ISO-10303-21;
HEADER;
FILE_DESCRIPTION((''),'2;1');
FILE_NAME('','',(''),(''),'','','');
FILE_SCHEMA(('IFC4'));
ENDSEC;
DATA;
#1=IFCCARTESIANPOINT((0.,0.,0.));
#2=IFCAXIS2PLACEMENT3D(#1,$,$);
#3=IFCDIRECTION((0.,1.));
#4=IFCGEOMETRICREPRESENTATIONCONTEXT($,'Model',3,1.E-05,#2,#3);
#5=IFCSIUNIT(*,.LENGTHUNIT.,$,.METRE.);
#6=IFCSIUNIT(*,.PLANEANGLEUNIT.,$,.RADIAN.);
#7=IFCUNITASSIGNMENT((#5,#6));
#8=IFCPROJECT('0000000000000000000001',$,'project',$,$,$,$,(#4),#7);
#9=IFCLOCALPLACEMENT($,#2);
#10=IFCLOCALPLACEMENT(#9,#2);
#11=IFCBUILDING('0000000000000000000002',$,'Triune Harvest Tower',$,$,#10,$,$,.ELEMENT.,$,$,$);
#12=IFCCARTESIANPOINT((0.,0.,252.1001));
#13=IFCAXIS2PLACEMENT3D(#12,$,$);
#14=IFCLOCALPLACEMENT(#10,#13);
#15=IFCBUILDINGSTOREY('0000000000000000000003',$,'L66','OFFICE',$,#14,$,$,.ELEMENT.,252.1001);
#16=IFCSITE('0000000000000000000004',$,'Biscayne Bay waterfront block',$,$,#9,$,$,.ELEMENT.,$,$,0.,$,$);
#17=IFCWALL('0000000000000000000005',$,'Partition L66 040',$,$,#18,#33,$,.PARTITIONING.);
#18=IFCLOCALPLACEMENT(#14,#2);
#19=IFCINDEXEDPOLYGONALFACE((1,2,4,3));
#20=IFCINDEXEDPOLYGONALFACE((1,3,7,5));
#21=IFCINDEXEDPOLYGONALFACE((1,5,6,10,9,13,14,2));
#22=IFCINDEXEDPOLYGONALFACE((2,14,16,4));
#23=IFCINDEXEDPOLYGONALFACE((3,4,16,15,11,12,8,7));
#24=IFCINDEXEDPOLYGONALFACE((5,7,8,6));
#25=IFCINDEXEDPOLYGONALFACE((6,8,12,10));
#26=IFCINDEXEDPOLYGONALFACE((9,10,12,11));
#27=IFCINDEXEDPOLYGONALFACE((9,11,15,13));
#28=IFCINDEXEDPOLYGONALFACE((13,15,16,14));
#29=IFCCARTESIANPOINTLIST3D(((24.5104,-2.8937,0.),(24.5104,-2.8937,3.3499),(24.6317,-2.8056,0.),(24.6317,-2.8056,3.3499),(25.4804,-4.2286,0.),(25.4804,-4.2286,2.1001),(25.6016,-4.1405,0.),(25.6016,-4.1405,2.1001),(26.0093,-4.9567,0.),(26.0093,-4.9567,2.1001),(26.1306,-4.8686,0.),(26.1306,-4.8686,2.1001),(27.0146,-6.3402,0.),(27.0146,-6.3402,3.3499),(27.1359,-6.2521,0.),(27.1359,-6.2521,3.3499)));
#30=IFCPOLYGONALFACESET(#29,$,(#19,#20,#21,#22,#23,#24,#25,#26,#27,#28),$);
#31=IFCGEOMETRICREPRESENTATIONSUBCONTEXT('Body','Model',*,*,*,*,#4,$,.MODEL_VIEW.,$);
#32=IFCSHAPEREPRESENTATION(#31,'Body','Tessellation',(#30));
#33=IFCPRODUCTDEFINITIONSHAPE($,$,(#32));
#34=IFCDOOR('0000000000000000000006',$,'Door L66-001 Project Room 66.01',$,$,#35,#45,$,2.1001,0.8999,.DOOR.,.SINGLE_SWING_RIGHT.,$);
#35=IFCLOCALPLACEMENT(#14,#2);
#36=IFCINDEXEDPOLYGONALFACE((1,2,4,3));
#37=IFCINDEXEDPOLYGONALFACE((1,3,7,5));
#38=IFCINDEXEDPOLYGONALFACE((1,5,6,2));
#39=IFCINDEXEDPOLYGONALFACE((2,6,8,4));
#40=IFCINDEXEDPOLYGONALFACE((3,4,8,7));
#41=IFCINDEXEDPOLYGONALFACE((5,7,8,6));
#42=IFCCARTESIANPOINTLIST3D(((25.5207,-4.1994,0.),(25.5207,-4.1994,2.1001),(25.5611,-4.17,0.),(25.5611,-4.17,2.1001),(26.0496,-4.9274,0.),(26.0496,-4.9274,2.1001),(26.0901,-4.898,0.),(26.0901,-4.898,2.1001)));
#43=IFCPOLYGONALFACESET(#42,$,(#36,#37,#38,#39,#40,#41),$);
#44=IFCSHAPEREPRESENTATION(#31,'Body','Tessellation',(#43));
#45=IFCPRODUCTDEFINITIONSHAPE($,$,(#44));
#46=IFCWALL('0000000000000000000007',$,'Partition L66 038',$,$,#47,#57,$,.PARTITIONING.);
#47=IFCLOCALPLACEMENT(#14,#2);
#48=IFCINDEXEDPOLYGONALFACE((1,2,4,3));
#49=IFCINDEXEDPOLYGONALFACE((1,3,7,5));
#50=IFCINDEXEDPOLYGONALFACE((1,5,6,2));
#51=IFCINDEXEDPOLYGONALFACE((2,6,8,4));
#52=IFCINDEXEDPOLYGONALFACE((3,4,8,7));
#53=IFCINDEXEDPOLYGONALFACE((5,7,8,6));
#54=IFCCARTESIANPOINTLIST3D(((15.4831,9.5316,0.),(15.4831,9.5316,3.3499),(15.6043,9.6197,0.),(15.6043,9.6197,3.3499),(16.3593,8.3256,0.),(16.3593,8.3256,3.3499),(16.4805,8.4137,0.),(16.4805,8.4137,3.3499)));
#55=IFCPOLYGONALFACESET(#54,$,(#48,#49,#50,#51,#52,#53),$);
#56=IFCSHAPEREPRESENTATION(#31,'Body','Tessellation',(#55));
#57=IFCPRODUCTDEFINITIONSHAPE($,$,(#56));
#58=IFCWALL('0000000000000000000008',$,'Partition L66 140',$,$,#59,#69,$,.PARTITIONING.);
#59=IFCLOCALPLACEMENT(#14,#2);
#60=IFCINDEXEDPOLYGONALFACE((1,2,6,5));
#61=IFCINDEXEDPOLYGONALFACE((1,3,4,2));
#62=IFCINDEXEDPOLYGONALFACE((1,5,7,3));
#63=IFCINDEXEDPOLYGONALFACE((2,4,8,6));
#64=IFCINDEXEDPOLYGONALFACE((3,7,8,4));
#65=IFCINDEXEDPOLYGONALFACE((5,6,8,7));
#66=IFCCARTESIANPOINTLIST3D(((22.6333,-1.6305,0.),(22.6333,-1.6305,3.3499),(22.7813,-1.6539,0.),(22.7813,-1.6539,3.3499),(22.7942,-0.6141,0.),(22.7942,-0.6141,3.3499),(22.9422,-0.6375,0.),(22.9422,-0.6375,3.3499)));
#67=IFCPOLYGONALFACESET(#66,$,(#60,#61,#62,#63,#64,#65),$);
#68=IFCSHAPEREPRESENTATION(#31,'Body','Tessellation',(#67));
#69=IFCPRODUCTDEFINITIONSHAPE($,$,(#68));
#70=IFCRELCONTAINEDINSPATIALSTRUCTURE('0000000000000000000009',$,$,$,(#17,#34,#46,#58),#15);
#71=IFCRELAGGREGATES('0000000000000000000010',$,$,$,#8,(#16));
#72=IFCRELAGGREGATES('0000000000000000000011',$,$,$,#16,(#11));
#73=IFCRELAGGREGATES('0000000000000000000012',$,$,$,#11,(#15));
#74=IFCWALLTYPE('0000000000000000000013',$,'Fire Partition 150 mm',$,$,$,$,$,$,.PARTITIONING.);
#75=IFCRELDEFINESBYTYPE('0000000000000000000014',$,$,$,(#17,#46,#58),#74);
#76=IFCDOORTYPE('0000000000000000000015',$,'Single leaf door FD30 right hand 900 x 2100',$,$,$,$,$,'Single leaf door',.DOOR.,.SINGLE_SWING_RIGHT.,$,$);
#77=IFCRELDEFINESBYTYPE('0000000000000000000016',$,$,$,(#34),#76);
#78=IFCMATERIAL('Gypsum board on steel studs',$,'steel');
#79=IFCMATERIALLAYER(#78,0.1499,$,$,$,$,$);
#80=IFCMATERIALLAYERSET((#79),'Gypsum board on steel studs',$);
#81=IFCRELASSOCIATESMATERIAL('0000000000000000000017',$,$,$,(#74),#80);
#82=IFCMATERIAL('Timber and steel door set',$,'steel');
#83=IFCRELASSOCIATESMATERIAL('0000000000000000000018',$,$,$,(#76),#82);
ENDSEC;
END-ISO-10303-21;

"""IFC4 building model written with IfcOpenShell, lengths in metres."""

from ifc_helpers import new_model, si_unit, direction, frame, frame_2d, origin, place, context, subcontext, project, spatial, rectangle, extrude, source, transform, mapped, material, layer, layer_set, type_object, element, fill, save


model = new_model("IFC4")

# Units and contexts
model_context = context("Model", 3, precision=1e-05, world=origin(), true_north=direction((0.0, 1.0)))
body_context = subcontext(model_context, "Body", "Model", "MODEL_VIEW")
ifc_project = project(units=[si_unit("LENGTHUNIT", "METRE"), si_unit("PLANEANGLEUNIT", "RADIAN")], contexts=[model_context])

# Site, building, storey
site_placement = place(None, origin())
site = spatial("IfcSite", under=ifc_project, at=site_placement, Name="Biscayne Bay waterfront block", CompositionType="ELEMENT", RefElevation=0.0)
building_placement = place(site_placement, origin())
building = spatial("IfcBuilding", under=site, at=building_placement, Name="Triune Harvest Tower", CompositionType="ELEMENT")
storey_placement = place(building_placement, frame((0.0, 0.0, 252.1001)))
storey = spatial("IfcBuildingStorey", under=building, at=storey_placement, Name="L66", Description="OFFICE", CompositionType="ELEMENT", Elevation=252.1001)

# Shared definitions
ifc_material_1 = material(Name="Gypsum board on steel studs", Category="steel")
ifc_layer_1 = layer(ifc_material_1, 0.1499)
ifc_layer_set_1 = layer_set([ifc_layer_1], Name="Gypsum board on steel studs")
wall_type = type_object("IfcWallType", Name="Fire Partition 150 mm", PredefinedType="PARTITIONING", material=ifc_layer_set_1)

# Wall, opening, door
shared_shape_1 = source(origin(), body_context, "Body", "SweptSolid", [
    extrude(rectangle(XDim=4.2603, YDim=0.1499, at=frame_2d((2.1301, 0.0))), origin(), (0.0, 0.0, 1.0), 3.3499),
])
wall_1_placement = place(storey_placement, frame((24.571, -2.8496, 0.0), z_axis=(0.0, 0.0, 1.0), x_axis=(0.5878, -0.809006, 0.0)))
wall_1 = element("IfcWall", 1, at=wall_1_placement, inside=storey, type_object=wall_type, Name="Partition L66 040", PredefinedType="PARTITIONING", context=body_context, shape_type="MappedRepresentation", body=[
    mapped(shared_shape_1, transform((0.0, 0.0, 0.0), scale=1.0)),
])
opening_1_placement = place(wall_1_placement, frame((1.6501, 0.0, 0.0)))
opening_1 = element("IfcOpeningElement", 2, at=opening_1_placement, cuts=wall_1, PredefinedType="OPENING", context=body_context, shape_type="SweptSolid", body=[
    extrude(rectangle(XDim=0.8999, YDim=2.1001, at=frame_2d((0.45, 1.05))), frame((0.0, 0.085, 0.0), z_axis=(0.0, -1.0, 0.0), x_axis=(1.0, 0.0, 0.0)), (0.0, 0.0, 1.0), 0.1699),
])
ifc_material_2 = material(Name="Timber and steel door set", Category="steel")
door_type_1 = type_object("IfcDoorType", Name="Single leaf door FD30 right hand 900 x 2100", ElementType="Single leaf door", OperationType="SINGLE_SWING_RIGHT", PredefinedType="DOOR", material=ifc_material_2)
door_1_placement = place(opening_1_placement, origin())
door_1 = element("IfcDoor", 3, at=door_1_placement, inside=storey, type_object=door_type_1, Name="Door L66-001 Project Room 66.01", OperationType="SINGLE_SWING_RIGHT", OverallHeight=2.1001, OverallWidth=0.8999, PredefinedType="DOOR", context=body_context, shape_type="SweptSolid", body=[
    extrude(rectangle(XDim=0.8999, YDim=2.1001, at=frame_2d((0.45, 1.05))), frame((0.0, 0.0249, 0.0), z_axis=(0.0, -1.0, 0.0), x_axis=(1.0, 0.0, 0.0)), (0.0, 0.0, 1.0), 0.05),
])
fill(opening_1, door_1)

# Walls
shared_shape_2 = source(origin(), body_context, "Body", "SweptSolid", [
    extrude(rectangle(XDim=1.4907, YDim=0.1499, at=frame_2d((0.7454, 0.0))), origin(), (0.0, 0.0, 1.0), 3.3499),
])
wall_2_placement = place(storey_placement, frame((15.5437, 9.5757, 0.0), z_axis=(0.0, 0.0, 1.0), x_axis=(0.587772, -0.809026, 0.0)))
element("IfcWall", 4, at=wall_2_placement, inside=storey, type_object=wall_type, Name="Partition L66 038", PredefinedType="PARTITIONING", context=body_context, shape_type="MappedRepresentation", body=[
    mapped(shared_shape_2, transform((0.0, 0.0, 0.0), scale=1.0)),
])
shared_shape_3 = source(origin(), body_context, "Body", "SweptSolid", [
    extrude(rectangle(XDim=1.0291, YDim=0.1499, at=frame_2d((0.5146, 0.0))), origin(), (0.0, 0.0, 1.0), 3.3499),
])
wall_3_placement = place(storey_placement, frame((22.7073, -1.6423, 0.0), z_axis=(0.0, 0.0, 1.0), x_axis=(0.156352, 0.987701, 0.0)))
element("IfcWall", 5, at=wall_3_placement, inside=storey, type_object=wall_type, Name="Partition L66 140", PredefinedType="PARTITIONING", context=body_context, shape_type="MappedRepresentation", body=[
    mapped(shared_shape_3, transform((0.0, 0.0, 0.0), scale=1.0)),
])

save(model, "model.ifc")
